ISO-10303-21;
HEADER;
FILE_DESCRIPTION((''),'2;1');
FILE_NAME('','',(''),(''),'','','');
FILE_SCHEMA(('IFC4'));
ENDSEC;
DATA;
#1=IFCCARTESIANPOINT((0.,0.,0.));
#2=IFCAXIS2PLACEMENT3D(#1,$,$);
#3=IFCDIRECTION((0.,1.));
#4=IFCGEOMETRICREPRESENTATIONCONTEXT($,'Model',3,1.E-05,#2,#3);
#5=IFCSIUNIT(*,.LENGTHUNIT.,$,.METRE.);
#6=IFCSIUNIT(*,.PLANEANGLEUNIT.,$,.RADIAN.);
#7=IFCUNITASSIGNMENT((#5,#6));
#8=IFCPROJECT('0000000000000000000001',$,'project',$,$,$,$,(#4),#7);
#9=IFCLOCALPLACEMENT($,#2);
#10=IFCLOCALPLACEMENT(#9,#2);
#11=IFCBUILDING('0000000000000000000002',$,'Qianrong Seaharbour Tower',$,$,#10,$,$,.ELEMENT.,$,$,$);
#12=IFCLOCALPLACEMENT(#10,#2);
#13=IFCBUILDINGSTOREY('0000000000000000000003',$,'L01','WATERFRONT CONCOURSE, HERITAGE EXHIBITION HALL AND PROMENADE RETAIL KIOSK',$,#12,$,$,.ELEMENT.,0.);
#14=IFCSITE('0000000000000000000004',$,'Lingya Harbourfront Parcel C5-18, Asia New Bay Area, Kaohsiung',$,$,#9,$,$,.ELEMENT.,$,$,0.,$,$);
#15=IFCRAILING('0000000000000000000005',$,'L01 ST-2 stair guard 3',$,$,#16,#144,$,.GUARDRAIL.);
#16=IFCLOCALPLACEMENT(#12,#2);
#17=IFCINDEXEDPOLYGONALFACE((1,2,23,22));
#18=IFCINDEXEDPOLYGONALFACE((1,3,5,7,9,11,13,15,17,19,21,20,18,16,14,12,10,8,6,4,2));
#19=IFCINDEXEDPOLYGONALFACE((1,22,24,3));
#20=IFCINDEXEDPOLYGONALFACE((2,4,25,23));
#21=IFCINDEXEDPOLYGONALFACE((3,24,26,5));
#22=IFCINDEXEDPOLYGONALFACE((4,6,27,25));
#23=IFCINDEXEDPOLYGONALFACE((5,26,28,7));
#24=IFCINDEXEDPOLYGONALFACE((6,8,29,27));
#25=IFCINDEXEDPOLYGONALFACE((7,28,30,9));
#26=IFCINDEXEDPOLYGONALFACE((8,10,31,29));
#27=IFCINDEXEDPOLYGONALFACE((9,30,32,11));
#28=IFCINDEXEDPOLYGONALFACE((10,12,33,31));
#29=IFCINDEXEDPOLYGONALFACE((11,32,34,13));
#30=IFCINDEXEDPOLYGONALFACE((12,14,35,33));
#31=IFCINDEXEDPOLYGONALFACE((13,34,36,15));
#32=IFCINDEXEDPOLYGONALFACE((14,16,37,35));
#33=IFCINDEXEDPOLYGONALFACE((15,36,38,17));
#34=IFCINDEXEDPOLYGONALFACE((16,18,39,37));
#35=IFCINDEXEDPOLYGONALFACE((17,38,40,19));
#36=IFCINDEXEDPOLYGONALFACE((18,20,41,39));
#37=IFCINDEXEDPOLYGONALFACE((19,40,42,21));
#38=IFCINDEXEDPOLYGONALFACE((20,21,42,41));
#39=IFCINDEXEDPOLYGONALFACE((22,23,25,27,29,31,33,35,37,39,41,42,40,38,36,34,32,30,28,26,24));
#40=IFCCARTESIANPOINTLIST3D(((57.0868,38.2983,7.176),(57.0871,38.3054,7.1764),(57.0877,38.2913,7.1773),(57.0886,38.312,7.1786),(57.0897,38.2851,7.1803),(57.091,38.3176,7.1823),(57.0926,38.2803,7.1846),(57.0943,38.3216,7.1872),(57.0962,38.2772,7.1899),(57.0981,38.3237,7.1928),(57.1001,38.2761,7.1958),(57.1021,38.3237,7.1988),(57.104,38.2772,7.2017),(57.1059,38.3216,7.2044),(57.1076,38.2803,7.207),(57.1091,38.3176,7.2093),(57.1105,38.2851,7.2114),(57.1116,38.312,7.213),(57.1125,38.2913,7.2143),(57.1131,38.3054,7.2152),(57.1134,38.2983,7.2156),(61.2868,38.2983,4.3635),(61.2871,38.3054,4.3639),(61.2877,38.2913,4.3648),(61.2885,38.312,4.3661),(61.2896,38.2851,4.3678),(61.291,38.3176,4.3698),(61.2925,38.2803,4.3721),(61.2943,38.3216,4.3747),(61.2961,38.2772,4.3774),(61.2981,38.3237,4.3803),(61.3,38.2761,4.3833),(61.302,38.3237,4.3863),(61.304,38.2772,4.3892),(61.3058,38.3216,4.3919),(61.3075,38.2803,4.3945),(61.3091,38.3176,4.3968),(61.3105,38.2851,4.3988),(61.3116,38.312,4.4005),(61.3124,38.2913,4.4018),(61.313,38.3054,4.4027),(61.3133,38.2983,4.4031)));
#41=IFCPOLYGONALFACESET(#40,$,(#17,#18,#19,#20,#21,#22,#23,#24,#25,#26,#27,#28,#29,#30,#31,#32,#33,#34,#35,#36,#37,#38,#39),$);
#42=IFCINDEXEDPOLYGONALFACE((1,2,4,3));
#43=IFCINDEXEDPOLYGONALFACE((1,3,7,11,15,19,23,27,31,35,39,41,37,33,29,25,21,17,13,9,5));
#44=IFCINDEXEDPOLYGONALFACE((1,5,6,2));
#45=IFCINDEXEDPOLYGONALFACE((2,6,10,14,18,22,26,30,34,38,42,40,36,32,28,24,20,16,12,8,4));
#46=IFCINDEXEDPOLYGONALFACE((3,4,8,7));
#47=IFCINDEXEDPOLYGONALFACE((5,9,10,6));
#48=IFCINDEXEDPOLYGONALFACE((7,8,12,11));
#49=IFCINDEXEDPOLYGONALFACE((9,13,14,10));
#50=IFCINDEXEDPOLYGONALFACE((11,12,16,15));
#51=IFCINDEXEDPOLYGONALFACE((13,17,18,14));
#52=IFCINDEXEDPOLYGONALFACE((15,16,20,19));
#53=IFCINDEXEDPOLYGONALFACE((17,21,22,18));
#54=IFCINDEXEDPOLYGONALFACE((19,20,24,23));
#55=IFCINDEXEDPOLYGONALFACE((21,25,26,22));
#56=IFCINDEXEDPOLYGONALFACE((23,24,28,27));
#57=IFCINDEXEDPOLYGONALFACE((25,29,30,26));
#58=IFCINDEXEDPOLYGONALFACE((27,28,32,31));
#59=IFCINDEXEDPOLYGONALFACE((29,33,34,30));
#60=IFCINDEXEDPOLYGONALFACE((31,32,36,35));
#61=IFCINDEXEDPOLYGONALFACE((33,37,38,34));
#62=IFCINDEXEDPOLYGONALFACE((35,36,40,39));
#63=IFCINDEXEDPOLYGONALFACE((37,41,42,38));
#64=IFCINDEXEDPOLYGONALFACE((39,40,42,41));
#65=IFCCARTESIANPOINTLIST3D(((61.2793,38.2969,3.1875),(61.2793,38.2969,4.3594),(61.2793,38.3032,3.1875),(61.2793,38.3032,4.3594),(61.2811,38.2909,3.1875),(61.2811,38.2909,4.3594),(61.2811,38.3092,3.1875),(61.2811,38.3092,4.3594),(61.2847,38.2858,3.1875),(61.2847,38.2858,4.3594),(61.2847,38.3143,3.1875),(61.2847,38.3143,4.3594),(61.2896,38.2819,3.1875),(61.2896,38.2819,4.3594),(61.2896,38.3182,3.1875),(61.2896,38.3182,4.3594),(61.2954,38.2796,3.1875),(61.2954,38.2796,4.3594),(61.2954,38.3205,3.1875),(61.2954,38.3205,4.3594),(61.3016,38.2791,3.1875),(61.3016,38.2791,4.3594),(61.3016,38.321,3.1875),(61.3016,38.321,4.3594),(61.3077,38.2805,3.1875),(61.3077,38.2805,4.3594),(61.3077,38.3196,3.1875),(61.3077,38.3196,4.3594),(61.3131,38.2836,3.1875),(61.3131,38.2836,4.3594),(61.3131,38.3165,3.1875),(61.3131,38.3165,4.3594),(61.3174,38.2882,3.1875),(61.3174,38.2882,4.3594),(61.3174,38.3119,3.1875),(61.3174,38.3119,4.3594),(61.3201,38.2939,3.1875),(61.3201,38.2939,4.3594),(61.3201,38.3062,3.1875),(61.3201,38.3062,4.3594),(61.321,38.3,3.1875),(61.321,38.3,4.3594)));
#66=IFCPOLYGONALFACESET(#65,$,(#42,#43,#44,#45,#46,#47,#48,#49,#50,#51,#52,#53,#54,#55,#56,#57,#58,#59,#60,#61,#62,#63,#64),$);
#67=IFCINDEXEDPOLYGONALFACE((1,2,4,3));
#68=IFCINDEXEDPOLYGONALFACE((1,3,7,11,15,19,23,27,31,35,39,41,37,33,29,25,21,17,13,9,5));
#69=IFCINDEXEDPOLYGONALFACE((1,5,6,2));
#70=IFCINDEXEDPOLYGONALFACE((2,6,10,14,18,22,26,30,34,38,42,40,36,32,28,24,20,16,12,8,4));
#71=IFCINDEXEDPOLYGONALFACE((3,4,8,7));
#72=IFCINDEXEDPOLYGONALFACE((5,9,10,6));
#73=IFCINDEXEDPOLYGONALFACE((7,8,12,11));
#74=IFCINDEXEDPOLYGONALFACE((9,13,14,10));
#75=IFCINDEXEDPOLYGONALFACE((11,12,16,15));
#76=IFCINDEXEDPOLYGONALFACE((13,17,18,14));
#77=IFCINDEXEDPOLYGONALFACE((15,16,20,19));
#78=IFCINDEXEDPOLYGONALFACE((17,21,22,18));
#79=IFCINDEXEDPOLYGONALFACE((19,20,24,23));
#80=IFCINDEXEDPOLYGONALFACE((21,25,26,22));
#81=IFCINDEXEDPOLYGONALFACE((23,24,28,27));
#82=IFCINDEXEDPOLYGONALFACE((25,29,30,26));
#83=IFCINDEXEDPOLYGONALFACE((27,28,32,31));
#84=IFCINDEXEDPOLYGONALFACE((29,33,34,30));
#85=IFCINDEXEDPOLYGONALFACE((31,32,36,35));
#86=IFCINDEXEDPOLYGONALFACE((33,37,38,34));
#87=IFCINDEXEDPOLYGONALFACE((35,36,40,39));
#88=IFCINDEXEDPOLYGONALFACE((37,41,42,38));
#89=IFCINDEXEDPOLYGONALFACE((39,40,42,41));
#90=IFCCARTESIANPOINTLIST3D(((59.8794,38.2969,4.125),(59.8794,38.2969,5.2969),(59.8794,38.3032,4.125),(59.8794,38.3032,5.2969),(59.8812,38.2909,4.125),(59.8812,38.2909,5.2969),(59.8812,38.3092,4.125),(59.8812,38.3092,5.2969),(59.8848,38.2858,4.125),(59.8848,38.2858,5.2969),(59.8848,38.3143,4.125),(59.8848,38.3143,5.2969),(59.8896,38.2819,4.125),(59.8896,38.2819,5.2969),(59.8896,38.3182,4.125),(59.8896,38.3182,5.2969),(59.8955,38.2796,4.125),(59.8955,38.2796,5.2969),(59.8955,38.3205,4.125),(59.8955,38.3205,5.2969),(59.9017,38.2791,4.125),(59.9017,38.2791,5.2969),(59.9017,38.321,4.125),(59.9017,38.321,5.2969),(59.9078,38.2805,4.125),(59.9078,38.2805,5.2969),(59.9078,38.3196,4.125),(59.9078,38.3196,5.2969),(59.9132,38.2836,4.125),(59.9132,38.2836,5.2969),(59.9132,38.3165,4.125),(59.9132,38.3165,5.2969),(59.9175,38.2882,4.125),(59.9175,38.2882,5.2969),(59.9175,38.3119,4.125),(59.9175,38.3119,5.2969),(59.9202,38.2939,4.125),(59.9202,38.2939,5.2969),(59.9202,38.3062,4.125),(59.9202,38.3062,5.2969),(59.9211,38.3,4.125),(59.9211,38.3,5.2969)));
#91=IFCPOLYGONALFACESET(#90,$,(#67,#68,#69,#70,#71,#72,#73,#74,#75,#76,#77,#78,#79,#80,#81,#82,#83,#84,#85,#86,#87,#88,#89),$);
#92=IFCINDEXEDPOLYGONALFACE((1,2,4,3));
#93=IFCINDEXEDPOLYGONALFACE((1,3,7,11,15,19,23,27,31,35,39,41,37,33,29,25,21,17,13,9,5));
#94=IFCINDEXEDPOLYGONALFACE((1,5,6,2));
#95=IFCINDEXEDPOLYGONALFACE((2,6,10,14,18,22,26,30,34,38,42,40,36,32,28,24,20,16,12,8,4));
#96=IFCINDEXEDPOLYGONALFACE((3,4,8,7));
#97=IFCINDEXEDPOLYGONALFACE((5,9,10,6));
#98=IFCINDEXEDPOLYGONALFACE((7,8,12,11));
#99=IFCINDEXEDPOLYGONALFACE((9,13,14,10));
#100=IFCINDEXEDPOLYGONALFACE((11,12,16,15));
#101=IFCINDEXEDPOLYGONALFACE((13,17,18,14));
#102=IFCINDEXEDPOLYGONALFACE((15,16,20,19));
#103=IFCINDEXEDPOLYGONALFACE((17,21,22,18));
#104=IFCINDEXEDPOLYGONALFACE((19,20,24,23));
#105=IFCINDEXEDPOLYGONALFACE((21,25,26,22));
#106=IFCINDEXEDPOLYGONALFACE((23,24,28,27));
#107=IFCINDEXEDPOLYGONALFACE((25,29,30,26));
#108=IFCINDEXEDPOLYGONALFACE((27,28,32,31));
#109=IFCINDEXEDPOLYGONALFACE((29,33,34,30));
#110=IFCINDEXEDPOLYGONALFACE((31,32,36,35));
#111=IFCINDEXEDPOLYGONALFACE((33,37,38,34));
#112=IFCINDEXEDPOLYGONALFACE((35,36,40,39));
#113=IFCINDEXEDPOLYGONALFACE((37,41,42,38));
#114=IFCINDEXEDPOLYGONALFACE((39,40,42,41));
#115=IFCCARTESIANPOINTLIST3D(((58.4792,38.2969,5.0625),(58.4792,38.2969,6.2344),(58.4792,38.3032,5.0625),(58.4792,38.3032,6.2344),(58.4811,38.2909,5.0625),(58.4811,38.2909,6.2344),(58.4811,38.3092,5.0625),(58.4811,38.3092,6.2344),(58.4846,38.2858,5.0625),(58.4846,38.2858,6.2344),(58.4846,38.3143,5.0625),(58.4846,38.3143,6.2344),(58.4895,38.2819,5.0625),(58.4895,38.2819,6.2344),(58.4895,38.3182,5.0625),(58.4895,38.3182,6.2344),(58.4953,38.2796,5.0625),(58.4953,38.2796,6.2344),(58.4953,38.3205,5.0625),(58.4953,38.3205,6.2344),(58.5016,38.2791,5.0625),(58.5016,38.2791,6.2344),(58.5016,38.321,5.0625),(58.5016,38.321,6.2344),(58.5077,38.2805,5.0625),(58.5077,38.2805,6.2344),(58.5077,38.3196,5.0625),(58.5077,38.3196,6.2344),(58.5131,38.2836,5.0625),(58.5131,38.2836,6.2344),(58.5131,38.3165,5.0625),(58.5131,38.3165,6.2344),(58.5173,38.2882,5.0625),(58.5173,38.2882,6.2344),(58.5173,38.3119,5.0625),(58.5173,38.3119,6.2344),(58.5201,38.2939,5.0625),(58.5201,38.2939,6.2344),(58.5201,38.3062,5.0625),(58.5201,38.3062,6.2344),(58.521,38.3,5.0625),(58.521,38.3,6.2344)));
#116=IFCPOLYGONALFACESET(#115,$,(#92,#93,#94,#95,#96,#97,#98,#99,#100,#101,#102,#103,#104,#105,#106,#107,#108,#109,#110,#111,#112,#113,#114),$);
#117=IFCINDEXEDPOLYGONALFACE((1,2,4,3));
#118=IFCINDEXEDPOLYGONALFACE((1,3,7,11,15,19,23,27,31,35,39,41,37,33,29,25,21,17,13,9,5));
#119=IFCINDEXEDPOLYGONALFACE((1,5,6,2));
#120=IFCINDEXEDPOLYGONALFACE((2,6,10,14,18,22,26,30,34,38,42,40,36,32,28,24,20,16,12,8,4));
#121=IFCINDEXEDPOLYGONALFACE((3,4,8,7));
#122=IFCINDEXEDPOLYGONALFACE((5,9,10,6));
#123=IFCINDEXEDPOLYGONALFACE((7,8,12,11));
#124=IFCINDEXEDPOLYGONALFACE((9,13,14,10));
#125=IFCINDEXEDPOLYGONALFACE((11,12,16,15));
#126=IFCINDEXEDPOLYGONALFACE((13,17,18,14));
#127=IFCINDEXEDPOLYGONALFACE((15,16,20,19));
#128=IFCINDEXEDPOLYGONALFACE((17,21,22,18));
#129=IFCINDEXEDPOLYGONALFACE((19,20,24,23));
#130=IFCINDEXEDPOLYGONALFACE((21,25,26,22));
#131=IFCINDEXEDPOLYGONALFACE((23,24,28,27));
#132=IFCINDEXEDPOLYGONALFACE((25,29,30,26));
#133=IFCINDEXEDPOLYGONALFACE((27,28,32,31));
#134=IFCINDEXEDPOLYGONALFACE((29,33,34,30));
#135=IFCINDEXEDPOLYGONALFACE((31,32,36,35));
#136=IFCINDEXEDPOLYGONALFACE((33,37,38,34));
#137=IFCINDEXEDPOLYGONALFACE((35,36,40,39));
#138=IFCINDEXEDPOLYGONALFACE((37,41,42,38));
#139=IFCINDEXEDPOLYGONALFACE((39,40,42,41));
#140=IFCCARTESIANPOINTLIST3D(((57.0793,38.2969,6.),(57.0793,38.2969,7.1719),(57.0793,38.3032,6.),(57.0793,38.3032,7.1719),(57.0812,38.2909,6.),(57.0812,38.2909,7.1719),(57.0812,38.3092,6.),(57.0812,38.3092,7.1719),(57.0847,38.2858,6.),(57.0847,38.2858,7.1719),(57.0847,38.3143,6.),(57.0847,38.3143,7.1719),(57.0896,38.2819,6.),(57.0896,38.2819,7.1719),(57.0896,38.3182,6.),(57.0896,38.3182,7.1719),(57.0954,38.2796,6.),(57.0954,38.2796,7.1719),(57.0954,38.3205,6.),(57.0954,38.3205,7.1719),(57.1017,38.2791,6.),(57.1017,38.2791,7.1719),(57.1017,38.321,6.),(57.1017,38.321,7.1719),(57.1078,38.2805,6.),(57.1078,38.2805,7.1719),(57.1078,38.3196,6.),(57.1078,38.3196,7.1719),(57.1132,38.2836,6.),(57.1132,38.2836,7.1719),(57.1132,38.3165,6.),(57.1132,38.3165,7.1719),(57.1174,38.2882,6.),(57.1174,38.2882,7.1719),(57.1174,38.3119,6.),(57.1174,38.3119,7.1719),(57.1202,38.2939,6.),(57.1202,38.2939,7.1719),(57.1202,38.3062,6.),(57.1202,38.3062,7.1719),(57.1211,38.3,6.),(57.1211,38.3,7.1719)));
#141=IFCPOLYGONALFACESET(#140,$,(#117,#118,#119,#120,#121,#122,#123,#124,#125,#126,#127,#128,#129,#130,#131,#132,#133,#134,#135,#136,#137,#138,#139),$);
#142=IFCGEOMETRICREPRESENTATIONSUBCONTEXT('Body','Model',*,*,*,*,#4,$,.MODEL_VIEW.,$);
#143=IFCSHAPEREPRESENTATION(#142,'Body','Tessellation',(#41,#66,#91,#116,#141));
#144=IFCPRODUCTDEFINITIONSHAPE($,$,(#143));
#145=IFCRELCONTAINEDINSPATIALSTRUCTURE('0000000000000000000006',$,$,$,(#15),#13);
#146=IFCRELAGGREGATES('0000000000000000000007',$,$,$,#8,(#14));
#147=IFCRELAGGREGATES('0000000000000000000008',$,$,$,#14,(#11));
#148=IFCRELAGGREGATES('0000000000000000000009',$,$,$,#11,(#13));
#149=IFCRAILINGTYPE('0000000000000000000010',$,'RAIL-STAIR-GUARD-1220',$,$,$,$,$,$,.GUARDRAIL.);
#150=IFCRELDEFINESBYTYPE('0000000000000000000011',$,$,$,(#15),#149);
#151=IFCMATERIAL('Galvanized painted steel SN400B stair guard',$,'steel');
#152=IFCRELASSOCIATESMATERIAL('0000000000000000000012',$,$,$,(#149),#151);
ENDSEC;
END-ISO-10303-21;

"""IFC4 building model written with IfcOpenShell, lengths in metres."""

from ifc_helpers import new_model, si_unit, direction, frame, origin, origin_2d, place, context, subcontext, project, spatial, circle, extrude, material, type_object, element, save


model = new_model("IFC4")

# Units and contexts
model_context = context("Model", 3, precision=1e-05, world=origin(), true_north=direction((0.0, 1.0)))
body_context = subcontext(model_context, "Body", "Model", "MODEL_VIEW")
ifc_project = project(units=[si_unit("LENGTHUNIT", "METRE"), si_unit("PLANEANGLEUNIT", "RADIAN")], contexts=[model_context])

# Site, building, storey
site_placement = place(None, origin())
site = spatial("IfcSite", under=ifc_project, at=site_placement, Name="Lingya Harbourfront Parcel C5-18, Asia New Bay Area, Kaohsiung", CompositionType="ELEMENT", RefElevation=0.0)
building_placement = place(site_placement, origin())
building = spatial("IfcBuilding", under=site, at=building_placement, Name="Qianrong Seaharbour Tower", CompositionType="ELEMENT")
storey_placement = place(building_placement, origin())
storey = spatial("IfcBuildingStorey", under=building, at=storey_placement, Name="L01", Description="WATERFRONT CONCOURSE, HERITAGE EXHIBITION HALL AND PROMENADE RETAIL KIOSK", CompositionType="ELEMENT", Elevation=0.0)

# Railing
ifc_material_1 = material(Name="Galvanized painted steel SN400B stair guard", Category="steel")
railing_type_1 = type_object("IfcRailingType", Name="RAIL-STAIR-GUARD-1220", PredefinedType="GUARDRAIL", material=ifc_material_1)
railing_1_placement = place(storey_placement, frame((61.3, 38.3, 3.1875)))
element("IfcRailing", 1, at=railing_1_placement, inside=storey, type_object=railing_type_1, Name="L01 ST-2 stair guard 3", PredefinedType="GUARDRAIL", context=body_context, shape_type="SweptSolid", body=[
    extrude(circle(Radius=0.0239, at=origin_2d()), frame((0.0, 0.0, 1.1958), z_axis=(-0.830904, 0.0, 0.556416), x_axis=(0.0, -1.0, 0.0)), (0.0, 0.0, 1.0), 5.0547),
    extrude(circle(Radius=0.021, at=origin_2d()), origin(), (0.0, 0.0, 1.0), 1.1719),
    extrude(circle(Radius=0.021, at=origin_2d()), frame((-1.3999, 0.0, 0.9375)), (0.0, 0.0, 1.0), 1.1719),
    extrude(circle(Radius=0.021, at=origin_2d()), frame((-2.8, 0.0, 1.875)), (0.0, 0.0, 1.0), 1.1719),
    extrude(circle(Radius=0.021, at=origin_2d()), frame((-4.2, 0.0, 2.8125)), (0.0, 0.0, 1.0), 1.1719),
])

save(model, "model.ifc")
